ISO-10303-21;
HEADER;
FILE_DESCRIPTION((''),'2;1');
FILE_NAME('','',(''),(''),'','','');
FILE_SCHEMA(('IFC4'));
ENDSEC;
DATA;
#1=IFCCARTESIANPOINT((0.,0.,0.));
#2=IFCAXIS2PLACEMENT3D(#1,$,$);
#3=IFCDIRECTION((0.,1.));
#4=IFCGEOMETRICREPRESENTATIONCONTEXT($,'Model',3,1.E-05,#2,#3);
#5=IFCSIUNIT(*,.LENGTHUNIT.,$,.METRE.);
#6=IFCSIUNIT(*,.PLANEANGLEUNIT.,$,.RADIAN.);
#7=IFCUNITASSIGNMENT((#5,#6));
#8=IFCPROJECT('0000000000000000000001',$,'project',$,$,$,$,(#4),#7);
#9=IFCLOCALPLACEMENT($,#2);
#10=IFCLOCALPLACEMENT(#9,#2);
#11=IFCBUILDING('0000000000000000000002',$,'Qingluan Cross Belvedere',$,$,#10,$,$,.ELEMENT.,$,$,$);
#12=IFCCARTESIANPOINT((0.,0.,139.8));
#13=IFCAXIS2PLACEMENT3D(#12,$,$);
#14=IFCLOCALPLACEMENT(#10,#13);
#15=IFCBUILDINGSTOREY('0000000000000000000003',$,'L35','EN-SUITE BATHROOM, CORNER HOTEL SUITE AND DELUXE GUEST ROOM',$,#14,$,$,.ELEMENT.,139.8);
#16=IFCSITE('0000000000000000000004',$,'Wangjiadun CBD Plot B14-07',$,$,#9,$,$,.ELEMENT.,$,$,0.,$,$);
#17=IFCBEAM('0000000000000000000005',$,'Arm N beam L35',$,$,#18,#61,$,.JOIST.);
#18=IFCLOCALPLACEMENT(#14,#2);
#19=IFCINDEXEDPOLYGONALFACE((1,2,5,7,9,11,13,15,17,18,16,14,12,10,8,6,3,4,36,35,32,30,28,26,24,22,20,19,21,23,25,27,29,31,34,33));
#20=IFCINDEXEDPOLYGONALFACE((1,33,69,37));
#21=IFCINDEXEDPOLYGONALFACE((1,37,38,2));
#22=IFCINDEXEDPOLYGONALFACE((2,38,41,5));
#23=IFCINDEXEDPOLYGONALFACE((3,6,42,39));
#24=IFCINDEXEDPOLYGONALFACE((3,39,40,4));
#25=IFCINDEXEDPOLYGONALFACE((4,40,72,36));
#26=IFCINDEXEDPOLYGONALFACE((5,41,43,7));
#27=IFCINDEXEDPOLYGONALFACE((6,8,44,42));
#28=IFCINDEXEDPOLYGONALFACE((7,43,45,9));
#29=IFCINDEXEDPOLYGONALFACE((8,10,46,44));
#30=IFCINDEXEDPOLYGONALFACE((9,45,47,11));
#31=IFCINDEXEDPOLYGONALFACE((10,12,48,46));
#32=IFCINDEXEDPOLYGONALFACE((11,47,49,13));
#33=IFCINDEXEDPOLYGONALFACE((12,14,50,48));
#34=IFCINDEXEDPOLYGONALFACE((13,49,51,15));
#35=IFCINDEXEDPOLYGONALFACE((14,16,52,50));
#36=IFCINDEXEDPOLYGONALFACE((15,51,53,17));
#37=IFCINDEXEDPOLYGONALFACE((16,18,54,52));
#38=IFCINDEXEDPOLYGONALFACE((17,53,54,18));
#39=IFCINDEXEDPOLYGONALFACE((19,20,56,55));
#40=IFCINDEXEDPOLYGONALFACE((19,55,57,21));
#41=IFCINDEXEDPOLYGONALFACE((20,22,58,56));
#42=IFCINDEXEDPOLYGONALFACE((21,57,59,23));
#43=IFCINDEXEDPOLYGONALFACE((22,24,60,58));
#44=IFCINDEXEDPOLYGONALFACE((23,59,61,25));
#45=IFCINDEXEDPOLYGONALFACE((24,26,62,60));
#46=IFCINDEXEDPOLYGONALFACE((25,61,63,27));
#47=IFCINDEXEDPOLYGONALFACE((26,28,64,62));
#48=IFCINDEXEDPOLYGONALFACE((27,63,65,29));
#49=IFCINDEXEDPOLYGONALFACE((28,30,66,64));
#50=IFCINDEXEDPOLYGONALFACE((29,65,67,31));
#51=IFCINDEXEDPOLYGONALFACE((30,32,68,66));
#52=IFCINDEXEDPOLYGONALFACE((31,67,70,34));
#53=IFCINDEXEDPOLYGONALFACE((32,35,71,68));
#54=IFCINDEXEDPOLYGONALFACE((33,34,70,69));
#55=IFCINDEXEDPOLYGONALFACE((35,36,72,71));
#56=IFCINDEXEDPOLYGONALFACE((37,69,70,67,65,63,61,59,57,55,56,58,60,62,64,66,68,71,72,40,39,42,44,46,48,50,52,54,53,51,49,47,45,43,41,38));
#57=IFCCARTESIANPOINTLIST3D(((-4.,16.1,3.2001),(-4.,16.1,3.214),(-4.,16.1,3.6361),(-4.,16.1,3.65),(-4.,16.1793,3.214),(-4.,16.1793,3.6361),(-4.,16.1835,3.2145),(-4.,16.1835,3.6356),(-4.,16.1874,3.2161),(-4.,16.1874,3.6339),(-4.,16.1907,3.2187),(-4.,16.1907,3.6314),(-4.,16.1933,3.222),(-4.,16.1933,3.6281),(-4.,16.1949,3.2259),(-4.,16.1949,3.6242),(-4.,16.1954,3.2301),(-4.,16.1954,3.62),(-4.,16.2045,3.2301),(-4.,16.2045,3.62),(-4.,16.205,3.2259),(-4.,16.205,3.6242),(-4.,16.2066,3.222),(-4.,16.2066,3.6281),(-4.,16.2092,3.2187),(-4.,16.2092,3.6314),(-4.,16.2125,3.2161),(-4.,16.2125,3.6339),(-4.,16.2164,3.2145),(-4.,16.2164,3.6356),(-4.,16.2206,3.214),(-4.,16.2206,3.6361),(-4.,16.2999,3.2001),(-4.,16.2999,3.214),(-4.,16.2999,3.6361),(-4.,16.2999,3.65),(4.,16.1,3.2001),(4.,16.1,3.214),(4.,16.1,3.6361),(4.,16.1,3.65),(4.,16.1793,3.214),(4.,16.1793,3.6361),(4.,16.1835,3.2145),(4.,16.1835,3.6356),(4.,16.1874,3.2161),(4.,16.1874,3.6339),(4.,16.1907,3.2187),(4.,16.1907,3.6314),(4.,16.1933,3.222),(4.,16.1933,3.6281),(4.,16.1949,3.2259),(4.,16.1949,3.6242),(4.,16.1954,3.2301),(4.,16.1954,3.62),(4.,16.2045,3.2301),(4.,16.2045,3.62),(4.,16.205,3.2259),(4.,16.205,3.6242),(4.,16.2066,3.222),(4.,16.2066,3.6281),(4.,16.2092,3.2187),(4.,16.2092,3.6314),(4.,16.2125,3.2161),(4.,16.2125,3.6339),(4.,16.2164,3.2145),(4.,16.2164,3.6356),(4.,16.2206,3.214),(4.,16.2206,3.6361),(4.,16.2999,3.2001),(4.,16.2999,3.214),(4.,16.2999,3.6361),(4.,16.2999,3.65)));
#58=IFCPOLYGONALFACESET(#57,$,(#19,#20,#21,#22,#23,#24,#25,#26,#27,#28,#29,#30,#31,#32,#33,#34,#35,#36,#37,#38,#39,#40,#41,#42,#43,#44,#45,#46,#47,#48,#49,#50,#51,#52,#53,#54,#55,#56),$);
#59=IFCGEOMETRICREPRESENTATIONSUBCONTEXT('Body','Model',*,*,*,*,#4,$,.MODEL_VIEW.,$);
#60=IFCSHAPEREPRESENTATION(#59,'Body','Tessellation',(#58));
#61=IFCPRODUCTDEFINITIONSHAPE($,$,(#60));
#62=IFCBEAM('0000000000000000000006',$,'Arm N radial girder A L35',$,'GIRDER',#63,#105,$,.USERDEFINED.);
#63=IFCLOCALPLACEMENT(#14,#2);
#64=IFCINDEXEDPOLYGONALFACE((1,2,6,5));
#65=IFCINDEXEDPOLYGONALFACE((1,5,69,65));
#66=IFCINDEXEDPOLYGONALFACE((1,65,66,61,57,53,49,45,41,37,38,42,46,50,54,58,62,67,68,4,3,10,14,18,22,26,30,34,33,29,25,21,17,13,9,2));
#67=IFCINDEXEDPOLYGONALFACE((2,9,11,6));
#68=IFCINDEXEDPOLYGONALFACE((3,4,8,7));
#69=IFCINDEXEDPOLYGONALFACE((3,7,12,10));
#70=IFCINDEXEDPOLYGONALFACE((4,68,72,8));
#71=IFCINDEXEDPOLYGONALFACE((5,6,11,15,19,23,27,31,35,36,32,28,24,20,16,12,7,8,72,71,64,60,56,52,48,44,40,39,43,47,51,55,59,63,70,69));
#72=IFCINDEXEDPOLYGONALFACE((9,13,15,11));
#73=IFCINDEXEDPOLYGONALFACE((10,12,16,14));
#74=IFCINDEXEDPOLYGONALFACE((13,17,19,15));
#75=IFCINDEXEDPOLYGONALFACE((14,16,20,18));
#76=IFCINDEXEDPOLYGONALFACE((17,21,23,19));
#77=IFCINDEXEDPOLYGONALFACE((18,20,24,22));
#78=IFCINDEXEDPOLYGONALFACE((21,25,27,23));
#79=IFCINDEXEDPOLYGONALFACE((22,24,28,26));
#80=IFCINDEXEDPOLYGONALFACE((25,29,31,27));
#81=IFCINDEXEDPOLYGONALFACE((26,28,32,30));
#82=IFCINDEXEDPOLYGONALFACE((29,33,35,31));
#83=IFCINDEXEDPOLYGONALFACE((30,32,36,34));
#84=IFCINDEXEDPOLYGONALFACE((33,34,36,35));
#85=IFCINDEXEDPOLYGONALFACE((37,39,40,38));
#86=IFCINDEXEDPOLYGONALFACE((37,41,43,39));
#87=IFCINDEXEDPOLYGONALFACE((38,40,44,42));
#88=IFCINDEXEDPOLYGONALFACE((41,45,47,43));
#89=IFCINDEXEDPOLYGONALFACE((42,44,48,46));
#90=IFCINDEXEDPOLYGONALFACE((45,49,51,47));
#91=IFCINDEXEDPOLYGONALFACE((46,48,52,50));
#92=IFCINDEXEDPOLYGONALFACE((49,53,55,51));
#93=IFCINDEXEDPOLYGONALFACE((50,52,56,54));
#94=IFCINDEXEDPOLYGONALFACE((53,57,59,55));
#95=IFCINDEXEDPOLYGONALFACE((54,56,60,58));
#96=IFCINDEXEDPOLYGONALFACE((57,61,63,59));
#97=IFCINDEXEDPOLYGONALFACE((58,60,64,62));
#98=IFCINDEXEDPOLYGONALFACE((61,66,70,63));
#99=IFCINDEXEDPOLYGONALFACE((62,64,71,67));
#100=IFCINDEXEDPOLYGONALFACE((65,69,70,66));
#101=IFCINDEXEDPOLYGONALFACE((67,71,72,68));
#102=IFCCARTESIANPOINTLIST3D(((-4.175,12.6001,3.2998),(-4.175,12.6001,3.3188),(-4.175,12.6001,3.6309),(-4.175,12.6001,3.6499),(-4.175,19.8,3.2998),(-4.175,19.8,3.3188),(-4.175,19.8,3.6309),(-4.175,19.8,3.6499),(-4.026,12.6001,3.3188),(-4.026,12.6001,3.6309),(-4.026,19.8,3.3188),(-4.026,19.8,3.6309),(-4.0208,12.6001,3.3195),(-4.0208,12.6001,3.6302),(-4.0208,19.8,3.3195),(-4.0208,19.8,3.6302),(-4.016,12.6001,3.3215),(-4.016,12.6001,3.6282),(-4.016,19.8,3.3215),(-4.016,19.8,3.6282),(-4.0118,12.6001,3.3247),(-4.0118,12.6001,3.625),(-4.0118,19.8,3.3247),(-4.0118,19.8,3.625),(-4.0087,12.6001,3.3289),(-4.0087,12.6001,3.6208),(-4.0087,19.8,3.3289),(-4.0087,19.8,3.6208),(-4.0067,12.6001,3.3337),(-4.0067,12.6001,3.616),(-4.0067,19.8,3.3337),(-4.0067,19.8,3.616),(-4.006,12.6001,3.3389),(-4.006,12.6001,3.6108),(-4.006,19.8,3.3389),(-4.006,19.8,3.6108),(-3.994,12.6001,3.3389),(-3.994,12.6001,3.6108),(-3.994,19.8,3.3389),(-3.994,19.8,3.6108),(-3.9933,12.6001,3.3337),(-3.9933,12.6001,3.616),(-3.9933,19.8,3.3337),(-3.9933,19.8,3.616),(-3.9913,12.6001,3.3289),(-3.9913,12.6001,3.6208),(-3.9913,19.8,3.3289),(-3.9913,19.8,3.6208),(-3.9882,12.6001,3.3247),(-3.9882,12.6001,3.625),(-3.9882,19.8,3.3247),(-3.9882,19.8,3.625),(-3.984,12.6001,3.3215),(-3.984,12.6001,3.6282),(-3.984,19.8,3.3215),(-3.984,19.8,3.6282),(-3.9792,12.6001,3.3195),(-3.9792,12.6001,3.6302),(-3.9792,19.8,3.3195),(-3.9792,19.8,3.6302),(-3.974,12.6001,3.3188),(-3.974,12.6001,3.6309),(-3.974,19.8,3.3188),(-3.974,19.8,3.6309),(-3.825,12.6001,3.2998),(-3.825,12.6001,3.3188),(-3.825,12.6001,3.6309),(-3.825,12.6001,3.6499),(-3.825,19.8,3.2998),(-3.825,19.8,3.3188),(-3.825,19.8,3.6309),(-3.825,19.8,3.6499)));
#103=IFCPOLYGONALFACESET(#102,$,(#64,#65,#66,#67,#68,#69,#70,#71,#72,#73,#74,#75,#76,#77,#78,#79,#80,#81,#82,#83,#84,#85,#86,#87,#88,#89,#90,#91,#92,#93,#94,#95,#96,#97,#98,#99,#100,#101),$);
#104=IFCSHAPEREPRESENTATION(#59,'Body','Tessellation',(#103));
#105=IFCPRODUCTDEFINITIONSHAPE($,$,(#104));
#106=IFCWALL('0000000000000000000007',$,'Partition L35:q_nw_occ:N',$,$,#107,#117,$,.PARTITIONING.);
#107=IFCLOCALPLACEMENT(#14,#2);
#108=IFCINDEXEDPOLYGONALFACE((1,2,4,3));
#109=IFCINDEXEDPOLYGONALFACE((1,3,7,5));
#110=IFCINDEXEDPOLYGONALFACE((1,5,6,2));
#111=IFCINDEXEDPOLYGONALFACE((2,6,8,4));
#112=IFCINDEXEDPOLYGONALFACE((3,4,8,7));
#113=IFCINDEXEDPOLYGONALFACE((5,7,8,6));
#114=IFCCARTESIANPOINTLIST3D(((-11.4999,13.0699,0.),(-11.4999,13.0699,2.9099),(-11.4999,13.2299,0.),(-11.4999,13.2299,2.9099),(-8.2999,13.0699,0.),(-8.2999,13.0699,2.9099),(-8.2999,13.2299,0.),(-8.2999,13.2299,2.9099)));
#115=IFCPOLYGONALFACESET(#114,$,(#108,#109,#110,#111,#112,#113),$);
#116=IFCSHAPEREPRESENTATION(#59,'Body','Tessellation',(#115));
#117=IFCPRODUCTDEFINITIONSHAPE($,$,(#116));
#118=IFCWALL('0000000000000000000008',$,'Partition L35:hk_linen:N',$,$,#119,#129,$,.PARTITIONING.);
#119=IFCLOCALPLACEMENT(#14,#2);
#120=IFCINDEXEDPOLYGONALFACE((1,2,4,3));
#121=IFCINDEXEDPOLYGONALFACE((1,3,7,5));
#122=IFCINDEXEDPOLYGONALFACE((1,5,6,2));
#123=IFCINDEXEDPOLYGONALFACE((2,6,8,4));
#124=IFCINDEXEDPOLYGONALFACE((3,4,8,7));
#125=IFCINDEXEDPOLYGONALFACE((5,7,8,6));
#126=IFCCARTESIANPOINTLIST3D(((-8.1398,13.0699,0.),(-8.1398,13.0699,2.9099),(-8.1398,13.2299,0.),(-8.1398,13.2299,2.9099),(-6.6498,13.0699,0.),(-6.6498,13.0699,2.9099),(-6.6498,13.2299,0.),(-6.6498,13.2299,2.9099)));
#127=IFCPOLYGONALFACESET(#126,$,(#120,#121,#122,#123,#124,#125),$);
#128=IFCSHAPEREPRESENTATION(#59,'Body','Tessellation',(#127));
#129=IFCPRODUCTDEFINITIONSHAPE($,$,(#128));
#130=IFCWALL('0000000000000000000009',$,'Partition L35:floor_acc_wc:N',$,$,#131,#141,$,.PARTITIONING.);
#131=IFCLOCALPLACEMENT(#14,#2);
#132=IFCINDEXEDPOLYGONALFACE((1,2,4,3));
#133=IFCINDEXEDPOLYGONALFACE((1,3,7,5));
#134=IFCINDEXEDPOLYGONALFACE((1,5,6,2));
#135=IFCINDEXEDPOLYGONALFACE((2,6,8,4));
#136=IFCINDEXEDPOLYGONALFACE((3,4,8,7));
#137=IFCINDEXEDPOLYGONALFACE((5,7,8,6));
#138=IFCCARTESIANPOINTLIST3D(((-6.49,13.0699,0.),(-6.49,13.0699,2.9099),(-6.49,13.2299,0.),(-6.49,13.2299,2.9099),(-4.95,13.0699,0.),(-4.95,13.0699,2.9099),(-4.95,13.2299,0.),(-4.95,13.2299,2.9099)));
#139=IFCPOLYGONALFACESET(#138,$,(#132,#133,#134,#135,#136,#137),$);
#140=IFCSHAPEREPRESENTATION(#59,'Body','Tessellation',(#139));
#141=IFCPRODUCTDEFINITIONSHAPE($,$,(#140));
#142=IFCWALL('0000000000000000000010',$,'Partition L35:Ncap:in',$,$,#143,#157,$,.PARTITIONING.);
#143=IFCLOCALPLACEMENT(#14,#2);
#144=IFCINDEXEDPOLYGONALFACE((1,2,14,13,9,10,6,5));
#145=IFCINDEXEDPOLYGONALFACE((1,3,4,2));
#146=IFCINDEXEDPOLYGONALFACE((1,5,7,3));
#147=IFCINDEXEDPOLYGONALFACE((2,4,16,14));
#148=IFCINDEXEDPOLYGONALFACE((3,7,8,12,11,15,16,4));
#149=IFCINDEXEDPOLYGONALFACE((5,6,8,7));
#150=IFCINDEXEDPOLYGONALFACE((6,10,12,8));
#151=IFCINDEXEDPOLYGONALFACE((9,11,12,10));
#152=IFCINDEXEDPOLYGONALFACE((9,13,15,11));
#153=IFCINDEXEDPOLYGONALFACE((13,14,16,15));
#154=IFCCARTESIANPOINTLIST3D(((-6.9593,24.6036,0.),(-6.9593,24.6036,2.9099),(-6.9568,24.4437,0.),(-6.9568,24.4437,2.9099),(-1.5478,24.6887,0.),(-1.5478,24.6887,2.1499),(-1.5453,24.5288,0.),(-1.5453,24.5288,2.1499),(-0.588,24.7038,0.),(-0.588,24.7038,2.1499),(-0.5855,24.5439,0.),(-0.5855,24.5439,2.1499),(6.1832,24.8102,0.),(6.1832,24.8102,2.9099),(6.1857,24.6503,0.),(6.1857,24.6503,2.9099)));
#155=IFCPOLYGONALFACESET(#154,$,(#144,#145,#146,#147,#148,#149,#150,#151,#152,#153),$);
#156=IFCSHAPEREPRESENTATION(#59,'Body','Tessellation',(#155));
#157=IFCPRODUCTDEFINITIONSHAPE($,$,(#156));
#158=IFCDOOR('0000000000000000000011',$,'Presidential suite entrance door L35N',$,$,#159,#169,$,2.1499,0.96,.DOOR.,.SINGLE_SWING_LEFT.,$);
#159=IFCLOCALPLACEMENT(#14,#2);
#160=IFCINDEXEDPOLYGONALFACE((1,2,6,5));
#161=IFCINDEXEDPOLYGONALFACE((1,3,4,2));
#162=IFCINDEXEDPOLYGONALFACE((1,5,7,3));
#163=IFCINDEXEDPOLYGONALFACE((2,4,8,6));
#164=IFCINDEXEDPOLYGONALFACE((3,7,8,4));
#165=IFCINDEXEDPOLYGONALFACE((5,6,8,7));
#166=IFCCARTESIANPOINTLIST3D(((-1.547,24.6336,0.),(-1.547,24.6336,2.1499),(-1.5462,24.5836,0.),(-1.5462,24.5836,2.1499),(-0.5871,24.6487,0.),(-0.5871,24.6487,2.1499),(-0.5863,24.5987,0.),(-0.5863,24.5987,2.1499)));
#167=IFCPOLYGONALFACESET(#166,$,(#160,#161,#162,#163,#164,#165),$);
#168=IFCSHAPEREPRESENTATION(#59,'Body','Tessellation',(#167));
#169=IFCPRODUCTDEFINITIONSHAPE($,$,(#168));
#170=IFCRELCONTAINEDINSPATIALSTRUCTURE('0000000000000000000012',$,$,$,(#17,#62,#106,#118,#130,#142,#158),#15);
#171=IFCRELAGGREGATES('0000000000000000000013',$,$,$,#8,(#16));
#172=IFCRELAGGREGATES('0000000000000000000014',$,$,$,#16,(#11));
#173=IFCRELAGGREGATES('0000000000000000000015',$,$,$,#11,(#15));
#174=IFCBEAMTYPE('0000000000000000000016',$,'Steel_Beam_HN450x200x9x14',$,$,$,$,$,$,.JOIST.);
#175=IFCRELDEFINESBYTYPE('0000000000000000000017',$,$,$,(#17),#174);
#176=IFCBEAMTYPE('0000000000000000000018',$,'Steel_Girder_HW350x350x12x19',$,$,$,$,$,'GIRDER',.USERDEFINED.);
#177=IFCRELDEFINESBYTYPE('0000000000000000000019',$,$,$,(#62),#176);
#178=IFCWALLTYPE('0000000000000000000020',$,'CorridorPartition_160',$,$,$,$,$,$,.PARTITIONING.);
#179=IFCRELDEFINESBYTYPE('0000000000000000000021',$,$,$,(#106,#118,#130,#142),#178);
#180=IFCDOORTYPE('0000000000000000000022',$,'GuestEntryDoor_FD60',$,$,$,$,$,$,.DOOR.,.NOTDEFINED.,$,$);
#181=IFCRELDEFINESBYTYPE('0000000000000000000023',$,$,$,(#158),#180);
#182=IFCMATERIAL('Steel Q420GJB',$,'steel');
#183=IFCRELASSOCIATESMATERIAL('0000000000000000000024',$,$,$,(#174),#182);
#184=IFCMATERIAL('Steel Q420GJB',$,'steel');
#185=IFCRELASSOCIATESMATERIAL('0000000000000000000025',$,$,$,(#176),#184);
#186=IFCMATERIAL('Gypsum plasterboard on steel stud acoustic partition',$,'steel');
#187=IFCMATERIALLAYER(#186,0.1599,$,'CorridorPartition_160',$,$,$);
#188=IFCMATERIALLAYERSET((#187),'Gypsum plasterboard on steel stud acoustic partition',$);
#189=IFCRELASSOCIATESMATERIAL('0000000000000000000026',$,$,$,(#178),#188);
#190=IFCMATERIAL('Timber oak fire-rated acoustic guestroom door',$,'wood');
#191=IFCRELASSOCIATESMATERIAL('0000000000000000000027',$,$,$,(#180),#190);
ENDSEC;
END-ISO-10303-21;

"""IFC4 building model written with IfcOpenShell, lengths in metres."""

from ifc_helpers import new_model, si_unit, direction, frame, frame_2d, origin, origin_2d, place, context, subcontext, project, spatial, rectangle, i_section, extrude, material, layer, layer_set, material_profile, profile_set, type_object, element, fill, save


model = new_model("IFC4")

# Units and contexts
model_context = context("Model", 3, precision=1e-05, world=origin(), true_north=direction((0.0, 1.0)))
body_context = subcontext(model_context, "Body", "Model", "MODEL_VIEW")
ifc_project = project(units=[si_unit("LENGTHUNIT", "METRE"), si_unit("PLANEANGLEUNIT", "RADIAN")], contexts=[model_context])

# Site, building, storey
site_placement = place(None, origin())
site = spatial("IfcSite", under=ifc_project, at=site_placement, Name="Wangjiadun CBD Plot B14-07", CompositionType="ELEMENT", RefElevation=0.0)
building_placement = place(site_placement, origin())
building = spatial("IfcBuilding", under=site, at=building_placement, Name="Qingluan Cross Belvedere", CompositionType="ELEMENT")
storey_placement = place(building_placement, frame((0.0, 0.0, 139.8)))
storey = spatial("IfcBuildingStorey", under=building, at=storey_placement, Name="L35", Description="EN-SUITE BATHROOM, CORNER HOTEL SUITE AND DELUXE GUEST ROOM", CompositionType="ELEMENT", Elevation=139.8)

# Beams
ifc_material_1 = material(Name="Steel Q420GJB", Category="steel")
ifc_material_profile_1 = material_profile(ifc_material_1, i_section(OverallWidth=0.2, OverallDepth=0.45, WebThickness=0.009, FlangeThickness=0.0139, FilletRadius=0.0161, at=origin_2d()), Name="HN450x200x9x14")
ifc_profile_set_1 = profile_set([ifc_material_profile_1], Name="Steel Q420GJB")
beam_type_1 = type_object("IfcBeamType", Name="Steel_Beam_HN450x200x9x14", PredefinedType="JOIST", material=ifc_profile_set_1)
for number, where, z_axis, x_axis, name in (
    (1, (-4.0, 16.2, 3.425), (1.0, 0.0, 0.0), (0.0, 1.0, 0.0), "Arm N beam L35"),
):
    element("IfcBeam", number, at=place(storey_placement, frame(where, z_axis=z_axis, x_axis=x_axis)), inside=storey, type_object=beam_type_1, Name=name, PredefinedType="JOIST", context=body_context, shape_type="SweptSolid", body=[
        extrude(i_section(OverallWidth=0.2, OverallDepth=0.45, WebThickness=0.009, FlangeThickness=0.0139, FilletRadius=0.0161, at=origin_2d()), origin(), (0.0, 0.0, 1.0), 8.0),
    ])
ifc_material_2 = material(Name="Steel Q420GJB", Category="steel")
ifc_material_profile_2 = material_profile(ifc_material_2, i_section(OverallWidth=0.3501, OverallDepth=0.3501, WebThickness=0.012, FlangeThickness=0.019, FilletRadius=0.02, at=origin_2d()), Name="HW350x350x12x19")
ifc_profile_set_2 = profile_set([ifc_material_profile_2], Name="Steel Q420GJB")
beam_type_2 = type_object("IfcBeamType", Name="Steel_Girder_HW350x350x12x19", ElementType="GIRDER", PredefinedType="USERDEFINED", material=ifc_profile_set_2)
beam_placement = place(storey_placement, frame((-4.0, 12.6001, 3.4749), z_axis=(0.0, 1.0, 0.0), x_axis=(-1.0, 0.0, 0.0)))
element("IfcBeam", 2, at=beam_placement, inside=storey, type_object=beam_type_2, Name="Arm N radial girder A L35", ObjectType="GIRDER", PredefinedType="USERDEFINED", context=body_context, shape_type="SweptSolid", body=[
    extrude(i_section(OverallWidth=0.3501, OverallDepth=0.3501, WebThickness=0.012, FlangeThickness=0.019, FilletRadius=0.02, at=origin_2d()), origin(), (0.0, 0.0, 1.0), 7.2),
])

# Walls
ifc_material_3 = material(Name="Gypsum plasterboard on steel stud acoustic partition", Category="steel")
ifc_layer_1 = layer(ifc_material_3, 0.1599, Name="CorridorPartition_160")
ifc_layer_set_1 = layer_set([ifc_layer_1], Name="Gypsum plasterboard on steel stud acoustic partition")
wall_type_1 = type_object("IfcWallType", Name="CorridorPartition_160", PredefinedType="PARTITIONING", material=ifc_layer_set_1)
wall_1_placement = place(storey_placement, frame((-11.5, 13.1499, 0.0), z_axis=(0.0, 0.0, 1.0), x_axis=(1.0, 0.0, 0.0)))
element("IfcWall", 3, at=wall_1_placement, inside=storey, type_object=wall_type_1, Name="Partition L35:q_nw_occ:N", PredefinedType="PARTITIONING", context=body_context, shape_type="SweptSolid", body=[
    extrude(rectangle(XDim=3.2, YDim=0.1599, at=frame_2d((1.6001, 0.0))), origin(), (0.0, 0.0, 1.0), 2.9099),
])
wall_2_placement = place(storey_placement, frame((-8.1399, 13.1499, 0.0), z_axis=(0.0, 0.0, 1.0), x_axis=(1.0, 0.0, 0.0)))
element("IfcWall", 4, at=wall_2_placement, inside=storey, type_object=wall_type_1, Name="Partition L35:hk_linen:N", PredefinedType="PARTITIONING", context=body_context, shape_type="SweptSolid", body=[
    extrude(rectangle(XDim=1.49, YDim=0.1599, at=frame_2d((0.7451, 0.0))), origin(), (0.0, 0.0, 1.0), 2.9099),
])
wall_3_placement = place(storey_placement, frame((-6.49, 13.1499, 0.0), z_axis=(0.0, 0.0, 1.0), x_axis=(1.0, 0.0, 0.0)))
element("IfcWall", 5, at=wall_3_placement, inside=storey, type_object=wall_type_1, Name="Partition L35:floor_acc_wc:N", PredefinedType="PARTITIONING", context=body_context, shape_type="SweptSolid", body=[
    extrude(rectangle(XDim=1.54, YDim=0.1599, at=frame_2d((0.77, 0.0))), origin(), (0.0, 0.0, 1.0), 2.9099),
])

# Wall, opening, door
wall_4_placement = place(storey_placement, frame((-6.958, 24.5237, 0.0), z_axis=(0.0, 0.0, 1.0), x_axis=(0.999877, 0.015714, 0.0)))
wall_4 = element("IfcWall", 6, at=wall_4_placement, inside=storey, type_object=wall_type_1, Name="Partition L35:Ncap:in", PredefinedType="PARTITIONING", context=body_context, shape_type="SweptSolid", body=[
    extrude(rectangle(XDim=13.144, YDim=0.1599, at=frame_2d((6.572, 0.0))), origin(), (0.0, 0.0, 1.0), 2.9099),
])
opening_1_placement = place(wall_4_placement, frame((5.4121, 0.0, 0.0)))
opening_1 = element("IfcOpeningElement", 7, at=opening_1_placement, cuts=wall_4, PredefinedType="OPENING", context=body_context, shape_type="SweptSolid", body=[
    extrude(rectangle(XDim=0.96, YDim=2.1499, at=frame_2d((0.48, 1.075))), frame((0.0, 0.0898, 0.0), z_axis=(0.0, -1.0, 0.0), x_axis=(1.0, 0.0, 0.0)), (0.0, 0.0, 1.0), 0.1799),
])
ifc_material_4 = material(Name="Timber oak fire-rated acoustic guestroom door", Category="wood")
door_type_1 = type_object("IfcDoorType", Name="GuestEntryDoor_FD60", OperationType="NOTDEFINED", PredefinedType="DOOR", material=ifc_material_4)
door_1_placement = place(opening_1_placement, origin())
door_1 = element("IfcDoor", 8, at=door_1_placement, inside=storey, type_object=door_type_1, Name="Presidential suite entrance door L35N", OperationType="SINGLE_SWING_LEFT", OverallHeight=2.1499, OverallWidth=0.96, PredefinedType="DOOR", context=body_context, shape_type="SweptSolid", body=[
    extrude(rectangle(XDim=0.96, YDim=2.1499, at=frame_2d((0.48, 1.075))), frame((0.0, 0.0249, 0.0), z_axis=(0.0, -1.0, 0.0), x_axis=(1.0, 0.0, 0.0)), (0.0, 0.0, 1.0), 0.05),
])
fill(opening_1, door_1)

save(model, "model.ifc")
